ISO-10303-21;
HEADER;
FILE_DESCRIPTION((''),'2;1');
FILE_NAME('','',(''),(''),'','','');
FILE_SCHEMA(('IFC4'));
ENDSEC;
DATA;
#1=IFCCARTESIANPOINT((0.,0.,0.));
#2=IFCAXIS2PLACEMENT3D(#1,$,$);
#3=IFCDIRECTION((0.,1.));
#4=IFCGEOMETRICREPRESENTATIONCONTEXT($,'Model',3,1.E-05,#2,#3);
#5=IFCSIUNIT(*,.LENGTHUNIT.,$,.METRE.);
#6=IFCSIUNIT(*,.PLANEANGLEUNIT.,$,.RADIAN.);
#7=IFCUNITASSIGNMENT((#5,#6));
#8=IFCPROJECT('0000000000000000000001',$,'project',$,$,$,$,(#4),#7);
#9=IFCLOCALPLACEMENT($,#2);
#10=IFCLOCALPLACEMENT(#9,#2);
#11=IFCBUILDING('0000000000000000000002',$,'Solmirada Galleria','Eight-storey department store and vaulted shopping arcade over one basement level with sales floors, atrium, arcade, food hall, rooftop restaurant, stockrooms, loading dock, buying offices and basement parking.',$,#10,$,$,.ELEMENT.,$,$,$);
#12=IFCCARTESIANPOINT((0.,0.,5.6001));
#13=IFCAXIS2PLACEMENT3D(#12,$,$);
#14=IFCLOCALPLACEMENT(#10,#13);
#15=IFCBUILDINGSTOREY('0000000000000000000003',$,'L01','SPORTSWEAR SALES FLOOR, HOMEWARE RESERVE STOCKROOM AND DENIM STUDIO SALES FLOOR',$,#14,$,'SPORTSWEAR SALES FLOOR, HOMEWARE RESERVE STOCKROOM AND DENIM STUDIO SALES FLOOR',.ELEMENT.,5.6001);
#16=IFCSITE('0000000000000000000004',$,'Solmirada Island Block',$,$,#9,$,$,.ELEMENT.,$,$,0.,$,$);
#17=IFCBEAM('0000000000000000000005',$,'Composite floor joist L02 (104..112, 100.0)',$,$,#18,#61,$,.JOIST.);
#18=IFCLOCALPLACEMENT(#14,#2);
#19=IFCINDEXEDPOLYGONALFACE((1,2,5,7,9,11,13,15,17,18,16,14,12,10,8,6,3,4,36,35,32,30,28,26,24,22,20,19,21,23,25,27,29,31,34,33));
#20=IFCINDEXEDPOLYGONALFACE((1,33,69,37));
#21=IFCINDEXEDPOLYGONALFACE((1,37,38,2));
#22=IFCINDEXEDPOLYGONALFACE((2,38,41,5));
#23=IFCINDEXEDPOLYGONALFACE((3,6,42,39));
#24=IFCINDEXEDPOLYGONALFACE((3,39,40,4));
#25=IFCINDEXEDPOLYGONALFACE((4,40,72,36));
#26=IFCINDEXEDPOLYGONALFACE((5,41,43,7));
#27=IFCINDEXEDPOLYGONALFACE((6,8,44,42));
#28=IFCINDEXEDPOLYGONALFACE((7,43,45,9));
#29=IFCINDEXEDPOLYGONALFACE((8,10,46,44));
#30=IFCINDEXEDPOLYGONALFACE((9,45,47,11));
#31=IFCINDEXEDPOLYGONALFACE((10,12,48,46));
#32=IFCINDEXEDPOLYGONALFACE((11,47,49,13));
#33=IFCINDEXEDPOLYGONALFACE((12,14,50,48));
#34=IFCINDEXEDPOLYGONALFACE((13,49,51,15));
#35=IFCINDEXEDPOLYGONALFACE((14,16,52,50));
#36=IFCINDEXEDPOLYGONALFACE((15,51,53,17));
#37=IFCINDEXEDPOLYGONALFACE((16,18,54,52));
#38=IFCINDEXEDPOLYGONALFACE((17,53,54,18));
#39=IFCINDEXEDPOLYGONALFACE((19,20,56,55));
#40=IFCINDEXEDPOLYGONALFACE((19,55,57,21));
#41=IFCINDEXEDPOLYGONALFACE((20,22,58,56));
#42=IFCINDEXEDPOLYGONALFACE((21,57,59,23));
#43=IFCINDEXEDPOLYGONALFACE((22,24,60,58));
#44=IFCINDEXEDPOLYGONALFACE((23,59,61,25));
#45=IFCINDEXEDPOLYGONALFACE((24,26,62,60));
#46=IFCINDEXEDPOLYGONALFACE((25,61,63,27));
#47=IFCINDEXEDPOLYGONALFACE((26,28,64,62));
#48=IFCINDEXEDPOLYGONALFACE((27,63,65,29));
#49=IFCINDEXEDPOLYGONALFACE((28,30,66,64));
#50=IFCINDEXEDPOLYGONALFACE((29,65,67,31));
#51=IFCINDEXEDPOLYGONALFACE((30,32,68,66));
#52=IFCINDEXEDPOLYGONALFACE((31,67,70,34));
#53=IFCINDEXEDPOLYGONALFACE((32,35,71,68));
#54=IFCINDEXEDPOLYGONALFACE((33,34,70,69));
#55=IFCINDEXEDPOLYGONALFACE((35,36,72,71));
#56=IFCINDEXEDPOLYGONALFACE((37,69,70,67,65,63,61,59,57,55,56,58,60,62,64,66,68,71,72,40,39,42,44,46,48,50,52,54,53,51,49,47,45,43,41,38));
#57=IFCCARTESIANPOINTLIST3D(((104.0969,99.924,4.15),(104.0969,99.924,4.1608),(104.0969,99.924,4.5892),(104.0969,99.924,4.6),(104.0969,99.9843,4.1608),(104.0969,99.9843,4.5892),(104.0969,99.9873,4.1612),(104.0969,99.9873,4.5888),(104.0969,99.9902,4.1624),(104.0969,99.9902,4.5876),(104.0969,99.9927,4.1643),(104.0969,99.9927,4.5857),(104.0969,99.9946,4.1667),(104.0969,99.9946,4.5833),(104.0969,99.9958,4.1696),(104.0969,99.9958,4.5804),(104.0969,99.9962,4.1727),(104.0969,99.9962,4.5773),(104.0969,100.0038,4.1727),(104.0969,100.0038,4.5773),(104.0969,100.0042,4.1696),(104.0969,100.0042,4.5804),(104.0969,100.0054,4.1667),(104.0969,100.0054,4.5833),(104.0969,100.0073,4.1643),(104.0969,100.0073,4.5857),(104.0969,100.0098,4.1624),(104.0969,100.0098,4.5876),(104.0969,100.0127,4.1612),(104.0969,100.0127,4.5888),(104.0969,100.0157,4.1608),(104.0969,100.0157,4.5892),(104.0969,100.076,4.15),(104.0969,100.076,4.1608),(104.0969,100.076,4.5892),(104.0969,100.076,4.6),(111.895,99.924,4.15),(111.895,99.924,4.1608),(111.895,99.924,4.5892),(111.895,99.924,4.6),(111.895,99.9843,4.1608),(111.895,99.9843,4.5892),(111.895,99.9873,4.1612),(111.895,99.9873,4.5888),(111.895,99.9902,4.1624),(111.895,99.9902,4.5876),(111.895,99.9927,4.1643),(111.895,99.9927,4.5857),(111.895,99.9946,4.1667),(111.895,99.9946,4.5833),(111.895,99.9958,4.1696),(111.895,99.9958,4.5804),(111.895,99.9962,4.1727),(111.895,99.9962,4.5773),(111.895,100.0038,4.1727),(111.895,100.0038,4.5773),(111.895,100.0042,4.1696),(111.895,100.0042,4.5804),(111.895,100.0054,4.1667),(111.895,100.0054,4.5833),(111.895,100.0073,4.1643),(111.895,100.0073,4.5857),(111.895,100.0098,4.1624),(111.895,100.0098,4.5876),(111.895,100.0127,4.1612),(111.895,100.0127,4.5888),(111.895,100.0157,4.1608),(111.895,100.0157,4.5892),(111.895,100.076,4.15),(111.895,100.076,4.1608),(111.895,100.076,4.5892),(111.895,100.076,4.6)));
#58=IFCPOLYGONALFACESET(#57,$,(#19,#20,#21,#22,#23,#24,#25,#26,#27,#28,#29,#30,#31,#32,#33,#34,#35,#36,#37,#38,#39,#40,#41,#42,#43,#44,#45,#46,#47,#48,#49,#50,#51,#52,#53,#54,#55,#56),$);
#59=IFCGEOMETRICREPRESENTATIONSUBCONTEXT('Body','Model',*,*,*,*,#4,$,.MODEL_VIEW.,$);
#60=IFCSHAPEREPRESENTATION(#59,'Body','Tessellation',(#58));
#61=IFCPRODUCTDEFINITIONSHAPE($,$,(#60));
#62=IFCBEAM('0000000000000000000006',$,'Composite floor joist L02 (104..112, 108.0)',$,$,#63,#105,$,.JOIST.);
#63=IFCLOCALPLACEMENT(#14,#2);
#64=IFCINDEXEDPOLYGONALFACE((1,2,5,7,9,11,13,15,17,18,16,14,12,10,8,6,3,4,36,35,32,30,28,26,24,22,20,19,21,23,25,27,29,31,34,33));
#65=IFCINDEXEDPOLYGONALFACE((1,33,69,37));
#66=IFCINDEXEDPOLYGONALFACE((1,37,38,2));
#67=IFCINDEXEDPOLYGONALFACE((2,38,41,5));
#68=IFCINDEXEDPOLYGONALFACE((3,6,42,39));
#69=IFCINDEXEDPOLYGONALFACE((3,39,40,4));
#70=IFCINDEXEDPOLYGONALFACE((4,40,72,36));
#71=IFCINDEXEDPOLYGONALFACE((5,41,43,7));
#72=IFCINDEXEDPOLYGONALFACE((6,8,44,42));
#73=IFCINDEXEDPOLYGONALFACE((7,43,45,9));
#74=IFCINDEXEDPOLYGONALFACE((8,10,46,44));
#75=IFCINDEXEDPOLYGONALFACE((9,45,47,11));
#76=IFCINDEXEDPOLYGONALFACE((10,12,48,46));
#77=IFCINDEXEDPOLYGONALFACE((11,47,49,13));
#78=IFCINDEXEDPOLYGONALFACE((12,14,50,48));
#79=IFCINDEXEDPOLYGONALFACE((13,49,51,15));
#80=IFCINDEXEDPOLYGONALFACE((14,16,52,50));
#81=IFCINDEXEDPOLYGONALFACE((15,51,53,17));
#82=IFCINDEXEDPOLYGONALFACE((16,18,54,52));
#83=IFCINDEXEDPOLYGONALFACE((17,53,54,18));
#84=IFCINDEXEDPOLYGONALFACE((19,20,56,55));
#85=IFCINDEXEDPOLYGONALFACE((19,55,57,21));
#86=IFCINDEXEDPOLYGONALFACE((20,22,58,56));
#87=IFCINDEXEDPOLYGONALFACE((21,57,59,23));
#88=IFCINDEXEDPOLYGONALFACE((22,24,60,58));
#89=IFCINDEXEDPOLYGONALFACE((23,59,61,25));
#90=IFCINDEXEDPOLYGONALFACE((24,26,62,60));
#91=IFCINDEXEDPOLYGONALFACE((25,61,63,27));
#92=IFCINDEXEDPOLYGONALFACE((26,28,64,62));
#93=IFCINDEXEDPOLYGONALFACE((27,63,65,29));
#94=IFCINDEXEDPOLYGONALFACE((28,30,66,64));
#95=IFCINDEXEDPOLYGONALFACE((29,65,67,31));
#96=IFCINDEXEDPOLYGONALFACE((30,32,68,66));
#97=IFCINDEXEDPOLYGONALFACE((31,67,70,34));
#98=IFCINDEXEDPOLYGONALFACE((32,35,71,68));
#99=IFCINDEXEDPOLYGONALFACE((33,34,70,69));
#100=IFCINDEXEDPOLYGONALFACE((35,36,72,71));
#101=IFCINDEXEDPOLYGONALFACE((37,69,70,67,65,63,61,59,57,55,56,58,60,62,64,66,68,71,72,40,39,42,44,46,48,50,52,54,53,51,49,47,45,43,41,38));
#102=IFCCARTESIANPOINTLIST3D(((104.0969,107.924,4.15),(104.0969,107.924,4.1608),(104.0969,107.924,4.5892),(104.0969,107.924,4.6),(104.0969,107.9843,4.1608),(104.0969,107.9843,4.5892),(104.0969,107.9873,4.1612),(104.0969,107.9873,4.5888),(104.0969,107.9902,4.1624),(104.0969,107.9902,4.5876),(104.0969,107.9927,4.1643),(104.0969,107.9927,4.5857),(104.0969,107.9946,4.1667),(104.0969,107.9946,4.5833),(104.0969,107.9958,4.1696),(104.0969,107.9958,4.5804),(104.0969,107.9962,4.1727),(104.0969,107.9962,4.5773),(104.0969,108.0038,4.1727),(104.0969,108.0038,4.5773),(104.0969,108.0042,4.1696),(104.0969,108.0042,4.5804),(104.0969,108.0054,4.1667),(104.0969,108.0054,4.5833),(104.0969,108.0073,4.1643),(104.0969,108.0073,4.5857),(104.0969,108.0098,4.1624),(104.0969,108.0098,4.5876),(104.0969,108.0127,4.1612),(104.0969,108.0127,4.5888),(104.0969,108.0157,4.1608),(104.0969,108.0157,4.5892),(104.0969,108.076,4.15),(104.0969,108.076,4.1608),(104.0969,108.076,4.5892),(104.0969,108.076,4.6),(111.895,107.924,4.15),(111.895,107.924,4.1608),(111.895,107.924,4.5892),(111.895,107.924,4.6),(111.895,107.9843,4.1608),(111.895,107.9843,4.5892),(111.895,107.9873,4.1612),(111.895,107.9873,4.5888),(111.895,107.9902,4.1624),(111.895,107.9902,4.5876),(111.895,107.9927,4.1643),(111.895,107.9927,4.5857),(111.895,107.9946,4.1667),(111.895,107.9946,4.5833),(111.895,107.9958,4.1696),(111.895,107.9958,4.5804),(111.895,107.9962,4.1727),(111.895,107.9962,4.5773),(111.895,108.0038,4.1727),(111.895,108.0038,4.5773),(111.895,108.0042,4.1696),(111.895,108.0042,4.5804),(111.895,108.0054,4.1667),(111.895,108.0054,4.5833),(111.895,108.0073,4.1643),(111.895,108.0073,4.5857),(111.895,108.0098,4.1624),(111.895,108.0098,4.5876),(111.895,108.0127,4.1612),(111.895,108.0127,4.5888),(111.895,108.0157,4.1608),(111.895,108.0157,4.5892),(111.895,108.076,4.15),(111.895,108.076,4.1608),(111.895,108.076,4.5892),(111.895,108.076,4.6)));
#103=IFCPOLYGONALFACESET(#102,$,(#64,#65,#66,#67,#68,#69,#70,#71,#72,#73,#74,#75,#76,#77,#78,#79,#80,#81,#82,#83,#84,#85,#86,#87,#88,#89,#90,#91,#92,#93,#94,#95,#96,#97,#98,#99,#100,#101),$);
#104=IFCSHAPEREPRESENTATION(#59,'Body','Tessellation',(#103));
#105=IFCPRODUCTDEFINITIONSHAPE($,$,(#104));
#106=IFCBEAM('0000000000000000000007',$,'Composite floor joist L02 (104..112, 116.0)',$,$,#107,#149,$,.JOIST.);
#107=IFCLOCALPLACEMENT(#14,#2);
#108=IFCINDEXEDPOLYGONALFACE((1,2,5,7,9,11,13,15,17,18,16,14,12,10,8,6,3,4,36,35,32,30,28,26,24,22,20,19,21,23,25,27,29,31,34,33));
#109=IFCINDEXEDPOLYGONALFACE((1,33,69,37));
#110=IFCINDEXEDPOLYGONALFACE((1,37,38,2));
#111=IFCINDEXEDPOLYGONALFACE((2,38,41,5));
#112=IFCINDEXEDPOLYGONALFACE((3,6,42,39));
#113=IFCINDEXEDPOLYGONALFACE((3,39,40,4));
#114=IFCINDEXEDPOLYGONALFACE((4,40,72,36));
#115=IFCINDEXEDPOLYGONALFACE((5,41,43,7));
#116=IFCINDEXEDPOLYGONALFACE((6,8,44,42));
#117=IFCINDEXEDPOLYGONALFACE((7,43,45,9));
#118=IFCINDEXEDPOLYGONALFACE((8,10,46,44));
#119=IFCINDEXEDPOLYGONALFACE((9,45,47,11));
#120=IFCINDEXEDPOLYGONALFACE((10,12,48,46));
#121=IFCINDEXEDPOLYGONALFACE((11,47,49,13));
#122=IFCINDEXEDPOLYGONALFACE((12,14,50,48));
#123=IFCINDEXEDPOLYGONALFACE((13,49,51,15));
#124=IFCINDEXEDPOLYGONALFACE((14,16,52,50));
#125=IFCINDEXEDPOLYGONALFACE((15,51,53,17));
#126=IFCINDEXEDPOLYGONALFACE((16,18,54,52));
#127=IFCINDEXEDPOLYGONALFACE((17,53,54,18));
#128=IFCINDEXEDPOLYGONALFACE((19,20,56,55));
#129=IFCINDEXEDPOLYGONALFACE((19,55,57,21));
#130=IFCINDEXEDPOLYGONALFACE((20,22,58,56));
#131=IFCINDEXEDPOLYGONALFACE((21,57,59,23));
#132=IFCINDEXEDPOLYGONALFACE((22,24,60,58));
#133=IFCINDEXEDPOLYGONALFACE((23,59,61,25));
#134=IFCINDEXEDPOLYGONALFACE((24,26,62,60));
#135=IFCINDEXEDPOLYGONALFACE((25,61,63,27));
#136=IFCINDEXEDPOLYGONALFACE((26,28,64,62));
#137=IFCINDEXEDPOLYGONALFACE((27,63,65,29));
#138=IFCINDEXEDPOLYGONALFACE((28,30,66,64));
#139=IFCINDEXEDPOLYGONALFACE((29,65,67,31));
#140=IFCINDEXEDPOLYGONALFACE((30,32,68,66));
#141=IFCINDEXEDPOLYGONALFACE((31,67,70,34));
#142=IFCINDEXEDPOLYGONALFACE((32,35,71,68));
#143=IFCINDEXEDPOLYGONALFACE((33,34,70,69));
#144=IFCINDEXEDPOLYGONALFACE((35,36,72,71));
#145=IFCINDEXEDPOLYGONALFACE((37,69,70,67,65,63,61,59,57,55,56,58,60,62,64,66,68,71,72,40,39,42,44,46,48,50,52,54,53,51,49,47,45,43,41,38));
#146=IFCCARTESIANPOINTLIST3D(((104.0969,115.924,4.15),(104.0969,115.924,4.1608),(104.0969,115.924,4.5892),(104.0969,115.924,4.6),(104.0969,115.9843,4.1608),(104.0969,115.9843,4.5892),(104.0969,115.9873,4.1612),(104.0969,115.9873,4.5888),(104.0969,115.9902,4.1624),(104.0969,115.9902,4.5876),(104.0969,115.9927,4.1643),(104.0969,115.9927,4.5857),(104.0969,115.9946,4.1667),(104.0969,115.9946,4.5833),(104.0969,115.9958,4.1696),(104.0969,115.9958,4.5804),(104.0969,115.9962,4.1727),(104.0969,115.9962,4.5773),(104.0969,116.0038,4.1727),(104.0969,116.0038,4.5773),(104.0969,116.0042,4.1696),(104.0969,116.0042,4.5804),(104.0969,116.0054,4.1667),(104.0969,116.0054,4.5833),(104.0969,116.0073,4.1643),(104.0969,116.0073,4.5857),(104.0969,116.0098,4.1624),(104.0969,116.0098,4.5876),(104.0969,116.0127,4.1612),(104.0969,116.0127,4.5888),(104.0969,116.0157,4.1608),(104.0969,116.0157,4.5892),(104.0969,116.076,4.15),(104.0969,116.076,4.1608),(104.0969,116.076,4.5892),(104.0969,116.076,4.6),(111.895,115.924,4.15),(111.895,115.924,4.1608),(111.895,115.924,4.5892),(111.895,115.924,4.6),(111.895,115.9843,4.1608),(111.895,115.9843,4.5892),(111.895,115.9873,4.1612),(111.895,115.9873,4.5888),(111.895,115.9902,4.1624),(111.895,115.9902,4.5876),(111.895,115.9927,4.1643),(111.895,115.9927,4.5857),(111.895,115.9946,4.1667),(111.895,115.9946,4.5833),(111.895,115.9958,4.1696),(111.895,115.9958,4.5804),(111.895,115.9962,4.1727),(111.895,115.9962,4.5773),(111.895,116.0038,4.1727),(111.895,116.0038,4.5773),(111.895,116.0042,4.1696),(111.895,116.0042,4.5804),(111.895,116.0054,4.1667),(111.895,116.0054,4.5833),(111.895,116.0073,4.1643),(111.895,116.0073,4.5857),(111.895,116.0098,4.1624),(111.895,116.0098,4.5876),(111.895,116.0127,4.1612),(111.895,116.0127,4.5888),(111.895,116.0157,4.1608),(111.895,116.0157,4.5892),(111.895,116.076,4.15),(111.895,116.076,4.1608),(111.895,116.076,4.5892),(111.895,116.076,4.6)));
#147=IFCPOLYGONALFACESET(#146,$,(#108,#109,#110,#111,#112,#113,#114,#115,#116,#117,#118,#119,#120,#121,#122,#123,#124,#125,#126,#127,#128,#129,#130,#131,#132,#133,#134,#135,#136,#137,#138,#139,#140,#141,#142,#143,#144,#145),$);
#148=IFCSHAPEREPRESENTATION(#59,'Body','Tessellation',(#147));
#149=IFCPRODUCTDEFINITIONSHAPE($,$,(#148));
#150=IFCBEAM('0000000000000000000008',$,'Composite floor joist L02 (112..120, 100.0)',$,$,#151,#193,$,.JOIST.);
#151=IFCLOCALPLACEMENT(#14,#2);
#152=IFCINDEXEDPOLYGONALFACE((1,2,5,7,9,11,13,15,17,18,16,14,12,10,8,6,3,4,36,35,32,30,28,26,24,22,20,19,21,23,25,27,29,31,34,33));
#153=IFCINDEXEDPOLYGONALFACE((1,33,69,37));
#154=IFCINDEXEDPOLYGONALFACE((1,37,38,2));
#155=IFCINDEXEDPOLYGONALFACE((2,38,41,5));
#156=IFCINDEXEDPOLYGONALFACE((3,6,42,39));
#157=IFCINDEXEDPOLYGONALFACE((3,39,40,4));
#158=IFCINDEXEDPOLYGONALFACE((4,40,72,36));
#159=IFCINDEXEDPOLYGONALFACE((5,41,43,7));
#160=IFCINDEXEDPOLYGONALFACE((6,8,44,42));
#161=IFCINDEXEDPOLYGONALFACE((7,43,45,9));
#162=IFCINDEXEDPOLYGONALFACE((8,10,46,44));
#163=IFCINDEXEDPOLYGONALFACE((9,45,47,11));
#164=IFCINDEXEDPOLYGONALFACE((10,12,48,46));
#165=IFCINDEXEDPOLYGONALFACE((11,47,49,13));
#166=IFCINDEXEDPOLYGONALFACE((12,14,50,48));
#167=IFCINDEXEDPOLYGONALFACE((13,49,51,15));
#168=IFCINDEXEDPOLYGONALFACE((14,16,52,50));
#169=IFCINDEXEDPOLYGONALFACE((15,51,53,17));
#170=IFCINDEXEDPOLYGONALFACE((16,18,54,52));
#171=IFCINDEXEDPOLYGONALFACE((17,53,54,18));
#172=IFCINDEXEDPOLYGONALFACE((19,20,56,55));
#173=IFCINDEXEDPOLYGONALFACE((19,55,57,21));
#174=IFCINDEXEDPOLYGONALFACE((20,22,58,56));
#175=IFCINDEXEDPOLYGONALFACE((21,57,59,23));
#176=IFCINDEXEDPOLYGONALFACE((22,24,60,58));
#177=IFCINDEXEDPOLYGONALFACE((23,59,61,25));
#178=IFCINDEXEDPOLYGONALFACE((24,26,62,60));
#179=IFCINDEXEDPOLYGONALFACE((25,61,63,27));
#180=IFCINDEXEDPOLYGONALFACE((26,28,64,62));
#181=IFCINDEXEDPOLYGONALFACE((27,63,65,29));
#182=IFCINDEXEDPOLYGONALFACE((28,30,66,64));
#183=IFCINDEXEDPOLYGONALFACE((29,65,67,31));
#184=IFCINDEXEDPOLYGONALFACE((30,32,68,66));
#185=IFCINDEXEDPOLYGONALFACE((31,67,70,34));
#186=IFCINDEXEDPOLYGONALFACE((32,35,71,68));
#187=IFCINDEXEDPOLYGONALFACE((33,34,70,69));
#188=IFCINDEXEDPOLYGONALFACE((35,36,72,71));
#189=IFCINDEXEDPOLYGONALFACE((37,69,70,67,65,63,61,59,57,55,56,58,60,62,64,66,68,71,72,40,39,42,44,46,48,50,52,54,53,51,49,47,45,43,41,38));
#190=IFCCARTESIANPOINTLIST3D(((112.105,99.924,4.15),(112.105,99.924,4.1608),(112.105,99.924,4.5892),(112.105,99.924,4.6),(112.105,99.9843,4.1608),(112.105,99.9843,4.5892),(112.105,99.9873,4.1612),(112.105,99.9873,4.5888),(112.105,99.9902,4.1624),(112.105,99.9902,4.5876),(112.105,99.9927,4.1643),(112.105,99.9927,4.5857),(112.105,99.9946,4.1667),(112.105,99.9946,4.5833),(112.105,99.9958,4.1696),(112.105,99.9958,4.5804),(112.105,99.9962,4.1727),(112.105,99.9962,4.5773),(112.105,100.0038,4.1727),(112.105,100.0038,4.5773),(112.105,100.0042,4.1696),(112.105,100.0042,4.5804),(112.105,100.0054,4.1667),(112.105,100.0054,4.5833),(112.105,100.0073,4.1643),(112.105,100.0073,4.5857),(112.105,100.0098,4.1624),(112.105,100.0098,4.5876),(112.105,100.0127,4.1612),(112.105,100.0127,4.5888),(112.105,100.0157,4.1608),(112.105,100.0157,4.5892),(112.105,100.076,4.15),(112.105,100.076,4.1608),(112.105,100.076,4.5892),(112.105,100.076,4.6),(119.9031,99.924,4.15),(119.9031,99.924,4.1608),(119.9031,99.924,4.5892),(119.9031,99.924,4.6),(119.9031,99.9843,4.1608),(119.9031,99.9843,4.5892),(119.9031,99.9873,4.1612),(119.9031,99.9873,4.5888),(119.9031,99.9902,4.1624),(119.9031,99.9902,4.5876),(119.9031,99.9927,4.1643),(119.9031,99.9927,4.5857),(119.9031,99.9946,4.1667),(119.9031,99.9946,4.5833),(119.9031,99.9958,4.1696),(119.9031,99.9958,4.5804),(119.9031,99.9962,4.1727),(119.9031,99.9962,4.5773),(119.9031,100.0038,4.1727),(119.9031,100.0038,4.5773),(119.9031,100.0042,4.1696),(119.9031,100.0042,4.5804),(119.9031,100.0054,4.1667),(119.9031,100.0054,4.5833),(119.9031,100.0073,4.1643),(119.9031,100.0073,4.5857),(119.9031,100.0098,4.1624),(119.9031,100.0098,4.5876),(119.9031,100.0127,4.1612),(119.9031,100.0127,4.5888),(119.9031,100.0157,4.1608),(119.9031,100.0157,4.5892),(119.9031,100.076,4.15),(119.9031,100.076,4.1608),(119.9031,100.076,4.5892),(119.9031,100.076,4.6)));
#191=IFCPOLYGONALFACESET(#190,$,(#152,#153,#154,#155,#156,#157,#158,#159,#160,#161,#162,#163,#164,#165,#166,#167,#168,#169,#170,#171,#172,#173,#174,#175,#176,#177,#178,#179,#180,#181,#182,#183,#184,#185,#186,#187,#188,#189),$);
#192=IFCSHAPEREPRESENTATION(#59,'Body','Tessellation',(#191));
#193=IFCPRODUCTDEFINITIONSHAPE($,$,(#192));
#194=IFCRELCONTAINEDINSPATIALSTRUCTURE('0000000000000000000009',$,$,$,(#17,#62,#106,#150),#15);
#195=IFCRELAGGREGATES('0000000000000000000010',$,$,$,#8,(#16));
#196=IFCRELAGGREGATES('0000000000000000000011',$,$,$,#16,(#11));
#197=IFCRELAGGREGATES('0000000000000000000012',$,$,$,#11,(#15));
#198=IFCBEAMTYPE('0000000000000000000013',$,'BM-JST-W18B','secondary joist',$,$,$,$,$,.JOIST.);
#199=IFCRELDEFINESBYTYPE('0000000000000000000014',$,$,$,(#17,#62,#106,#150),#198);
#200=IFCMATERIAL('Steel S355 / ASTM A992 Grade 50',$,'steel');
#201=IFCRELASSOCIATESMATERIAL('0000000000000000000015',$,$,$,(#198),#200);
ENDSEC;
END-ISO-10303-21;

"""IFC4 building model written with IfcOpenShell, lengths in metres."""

from ifc_helpers import new_model, si_unit, direction, frame, origin, origin_2d, place, context, subcontext, project, spatial, i_section, extrude, material, material_profile, profile_set, type_object, element, save


model = new_model("IFC4")

# Units and contexts
model_context = context("Model", 3, precision=1e-05, world=origin(), true_north=direction((0.0, 1.0)))
body_context = subcontext(model_context, "Body", "Model", "MODEL_VIEW")
ifc_project = project(units=[si_unit("LENGTHUNIT", "METRE"), si_unit("PLANEANGLEUNIT", "RADIAN")], contexts=[model_context])

# Site, building, storey
site_placement = place(None, origin())
site = spatial("IfcSite", under=ifc_project, at=site_placement, Name="Solmirada Island Block", CompositionType="ELEMENT", RefElevation=0.0)
building_placement = place(site_placement, origin())
building = spatial("IfcBuilding", under=site, at=building_placement, Name="Solmirada Galleria", Description="Eight-storey department store and vaulted shopping arcade over one basement level with sales floors, atrium, arcade, food hall, rooftop restaurant, stockrooms, loading dock, buying offices and basement parking.", CompositionType="ELEMENT")
storey_placement = place(building_placement, frame((0.0, 0.0, 5.6001)))
storey = spatial("IfcBuildingStorey", under=building, at=storey_placement, Name="L01", Description="SPORTSWEAR SALES FLOOR, HOMEWARE RESERVE STOCKROOM AND DENIM STUDIO SALES FLOOR", LongName="SPORTSWEAR SALES FLOOR, HOMEWARE RESERVE STOCKROOM AND DENIM STUDIO SALES FLOOR", CompositionType="ELEMENT", Elevation=5.6001)

# Beams
ifc_material_1 = material(Name="Steel S355 / ASTM A992 Grade 50", Category="steel")
ifc_material_profile_1 = material_profile(ifc_material_1, i_section(OverallWidth=0.1521, OverallDepth=0.45, WebThickness=0.0076, FlangeThickness=0.0107, FilletRadius=0.012, at=origin_2d()), Name="W18X35")
ifc_profile_set_1 = profile_set([ifc_material_profile_1], Name="Steel S355 / ASTM A992 Grade 50")
beam_type_1 = type_object("IfcBeamType", Name="BM-JST-W18B", Description="secondary joist", PredefinedType="JOIST", material=ifc_profile_set_1)
for number, where, z_axis, x_axis, name in (
    (1, (104.0969, 100.0, 4.375), (1.0, 0.0, 0.0), (0.0, 1.0, 0.0), "Composite floor joist L02 (104..112, 100.0)"),
    (2, (104.0969, 108.0, 4.375), (1.0, 0.0, 0.0), (0.0, 1.0, 0.0), "Composite floor joist L02 (104..112, 108.0)"),
    (3, (104.0969, 116.0, 4.375), (1.0, 0.0, 0.0), (0.0, 1.0, 0.0), "Composite floor joist L02 (104..112, 116.0)"),
    (4, (112.105, 100.0, 4.375), (1.0, 0.0, 0.0), (0.0, 1.0, 0.0), "Composite floor joist L02 (112..120, 100.0)"),
):
    element("IfcBeam", number, at=place(storey_placement, frame(where, z_axis=z_axis, x_axis=x_axis)), inside=storey, type_object=beam_type_1, Name=name, PredefinedType="JOIST", context=body_context, shape_type="SweptSolid", body=[
        extrude(i_section(OverallWidth=0.1521, OverallDepth=0.45, WebThickness=0.0076, FlangeThickness=0.0107, FilletRadius=0.012, at=origin_2d()), origin(), (0.0, 0.0, 1.0), 7.7981),
    ])

save(model, "model.ifc")
